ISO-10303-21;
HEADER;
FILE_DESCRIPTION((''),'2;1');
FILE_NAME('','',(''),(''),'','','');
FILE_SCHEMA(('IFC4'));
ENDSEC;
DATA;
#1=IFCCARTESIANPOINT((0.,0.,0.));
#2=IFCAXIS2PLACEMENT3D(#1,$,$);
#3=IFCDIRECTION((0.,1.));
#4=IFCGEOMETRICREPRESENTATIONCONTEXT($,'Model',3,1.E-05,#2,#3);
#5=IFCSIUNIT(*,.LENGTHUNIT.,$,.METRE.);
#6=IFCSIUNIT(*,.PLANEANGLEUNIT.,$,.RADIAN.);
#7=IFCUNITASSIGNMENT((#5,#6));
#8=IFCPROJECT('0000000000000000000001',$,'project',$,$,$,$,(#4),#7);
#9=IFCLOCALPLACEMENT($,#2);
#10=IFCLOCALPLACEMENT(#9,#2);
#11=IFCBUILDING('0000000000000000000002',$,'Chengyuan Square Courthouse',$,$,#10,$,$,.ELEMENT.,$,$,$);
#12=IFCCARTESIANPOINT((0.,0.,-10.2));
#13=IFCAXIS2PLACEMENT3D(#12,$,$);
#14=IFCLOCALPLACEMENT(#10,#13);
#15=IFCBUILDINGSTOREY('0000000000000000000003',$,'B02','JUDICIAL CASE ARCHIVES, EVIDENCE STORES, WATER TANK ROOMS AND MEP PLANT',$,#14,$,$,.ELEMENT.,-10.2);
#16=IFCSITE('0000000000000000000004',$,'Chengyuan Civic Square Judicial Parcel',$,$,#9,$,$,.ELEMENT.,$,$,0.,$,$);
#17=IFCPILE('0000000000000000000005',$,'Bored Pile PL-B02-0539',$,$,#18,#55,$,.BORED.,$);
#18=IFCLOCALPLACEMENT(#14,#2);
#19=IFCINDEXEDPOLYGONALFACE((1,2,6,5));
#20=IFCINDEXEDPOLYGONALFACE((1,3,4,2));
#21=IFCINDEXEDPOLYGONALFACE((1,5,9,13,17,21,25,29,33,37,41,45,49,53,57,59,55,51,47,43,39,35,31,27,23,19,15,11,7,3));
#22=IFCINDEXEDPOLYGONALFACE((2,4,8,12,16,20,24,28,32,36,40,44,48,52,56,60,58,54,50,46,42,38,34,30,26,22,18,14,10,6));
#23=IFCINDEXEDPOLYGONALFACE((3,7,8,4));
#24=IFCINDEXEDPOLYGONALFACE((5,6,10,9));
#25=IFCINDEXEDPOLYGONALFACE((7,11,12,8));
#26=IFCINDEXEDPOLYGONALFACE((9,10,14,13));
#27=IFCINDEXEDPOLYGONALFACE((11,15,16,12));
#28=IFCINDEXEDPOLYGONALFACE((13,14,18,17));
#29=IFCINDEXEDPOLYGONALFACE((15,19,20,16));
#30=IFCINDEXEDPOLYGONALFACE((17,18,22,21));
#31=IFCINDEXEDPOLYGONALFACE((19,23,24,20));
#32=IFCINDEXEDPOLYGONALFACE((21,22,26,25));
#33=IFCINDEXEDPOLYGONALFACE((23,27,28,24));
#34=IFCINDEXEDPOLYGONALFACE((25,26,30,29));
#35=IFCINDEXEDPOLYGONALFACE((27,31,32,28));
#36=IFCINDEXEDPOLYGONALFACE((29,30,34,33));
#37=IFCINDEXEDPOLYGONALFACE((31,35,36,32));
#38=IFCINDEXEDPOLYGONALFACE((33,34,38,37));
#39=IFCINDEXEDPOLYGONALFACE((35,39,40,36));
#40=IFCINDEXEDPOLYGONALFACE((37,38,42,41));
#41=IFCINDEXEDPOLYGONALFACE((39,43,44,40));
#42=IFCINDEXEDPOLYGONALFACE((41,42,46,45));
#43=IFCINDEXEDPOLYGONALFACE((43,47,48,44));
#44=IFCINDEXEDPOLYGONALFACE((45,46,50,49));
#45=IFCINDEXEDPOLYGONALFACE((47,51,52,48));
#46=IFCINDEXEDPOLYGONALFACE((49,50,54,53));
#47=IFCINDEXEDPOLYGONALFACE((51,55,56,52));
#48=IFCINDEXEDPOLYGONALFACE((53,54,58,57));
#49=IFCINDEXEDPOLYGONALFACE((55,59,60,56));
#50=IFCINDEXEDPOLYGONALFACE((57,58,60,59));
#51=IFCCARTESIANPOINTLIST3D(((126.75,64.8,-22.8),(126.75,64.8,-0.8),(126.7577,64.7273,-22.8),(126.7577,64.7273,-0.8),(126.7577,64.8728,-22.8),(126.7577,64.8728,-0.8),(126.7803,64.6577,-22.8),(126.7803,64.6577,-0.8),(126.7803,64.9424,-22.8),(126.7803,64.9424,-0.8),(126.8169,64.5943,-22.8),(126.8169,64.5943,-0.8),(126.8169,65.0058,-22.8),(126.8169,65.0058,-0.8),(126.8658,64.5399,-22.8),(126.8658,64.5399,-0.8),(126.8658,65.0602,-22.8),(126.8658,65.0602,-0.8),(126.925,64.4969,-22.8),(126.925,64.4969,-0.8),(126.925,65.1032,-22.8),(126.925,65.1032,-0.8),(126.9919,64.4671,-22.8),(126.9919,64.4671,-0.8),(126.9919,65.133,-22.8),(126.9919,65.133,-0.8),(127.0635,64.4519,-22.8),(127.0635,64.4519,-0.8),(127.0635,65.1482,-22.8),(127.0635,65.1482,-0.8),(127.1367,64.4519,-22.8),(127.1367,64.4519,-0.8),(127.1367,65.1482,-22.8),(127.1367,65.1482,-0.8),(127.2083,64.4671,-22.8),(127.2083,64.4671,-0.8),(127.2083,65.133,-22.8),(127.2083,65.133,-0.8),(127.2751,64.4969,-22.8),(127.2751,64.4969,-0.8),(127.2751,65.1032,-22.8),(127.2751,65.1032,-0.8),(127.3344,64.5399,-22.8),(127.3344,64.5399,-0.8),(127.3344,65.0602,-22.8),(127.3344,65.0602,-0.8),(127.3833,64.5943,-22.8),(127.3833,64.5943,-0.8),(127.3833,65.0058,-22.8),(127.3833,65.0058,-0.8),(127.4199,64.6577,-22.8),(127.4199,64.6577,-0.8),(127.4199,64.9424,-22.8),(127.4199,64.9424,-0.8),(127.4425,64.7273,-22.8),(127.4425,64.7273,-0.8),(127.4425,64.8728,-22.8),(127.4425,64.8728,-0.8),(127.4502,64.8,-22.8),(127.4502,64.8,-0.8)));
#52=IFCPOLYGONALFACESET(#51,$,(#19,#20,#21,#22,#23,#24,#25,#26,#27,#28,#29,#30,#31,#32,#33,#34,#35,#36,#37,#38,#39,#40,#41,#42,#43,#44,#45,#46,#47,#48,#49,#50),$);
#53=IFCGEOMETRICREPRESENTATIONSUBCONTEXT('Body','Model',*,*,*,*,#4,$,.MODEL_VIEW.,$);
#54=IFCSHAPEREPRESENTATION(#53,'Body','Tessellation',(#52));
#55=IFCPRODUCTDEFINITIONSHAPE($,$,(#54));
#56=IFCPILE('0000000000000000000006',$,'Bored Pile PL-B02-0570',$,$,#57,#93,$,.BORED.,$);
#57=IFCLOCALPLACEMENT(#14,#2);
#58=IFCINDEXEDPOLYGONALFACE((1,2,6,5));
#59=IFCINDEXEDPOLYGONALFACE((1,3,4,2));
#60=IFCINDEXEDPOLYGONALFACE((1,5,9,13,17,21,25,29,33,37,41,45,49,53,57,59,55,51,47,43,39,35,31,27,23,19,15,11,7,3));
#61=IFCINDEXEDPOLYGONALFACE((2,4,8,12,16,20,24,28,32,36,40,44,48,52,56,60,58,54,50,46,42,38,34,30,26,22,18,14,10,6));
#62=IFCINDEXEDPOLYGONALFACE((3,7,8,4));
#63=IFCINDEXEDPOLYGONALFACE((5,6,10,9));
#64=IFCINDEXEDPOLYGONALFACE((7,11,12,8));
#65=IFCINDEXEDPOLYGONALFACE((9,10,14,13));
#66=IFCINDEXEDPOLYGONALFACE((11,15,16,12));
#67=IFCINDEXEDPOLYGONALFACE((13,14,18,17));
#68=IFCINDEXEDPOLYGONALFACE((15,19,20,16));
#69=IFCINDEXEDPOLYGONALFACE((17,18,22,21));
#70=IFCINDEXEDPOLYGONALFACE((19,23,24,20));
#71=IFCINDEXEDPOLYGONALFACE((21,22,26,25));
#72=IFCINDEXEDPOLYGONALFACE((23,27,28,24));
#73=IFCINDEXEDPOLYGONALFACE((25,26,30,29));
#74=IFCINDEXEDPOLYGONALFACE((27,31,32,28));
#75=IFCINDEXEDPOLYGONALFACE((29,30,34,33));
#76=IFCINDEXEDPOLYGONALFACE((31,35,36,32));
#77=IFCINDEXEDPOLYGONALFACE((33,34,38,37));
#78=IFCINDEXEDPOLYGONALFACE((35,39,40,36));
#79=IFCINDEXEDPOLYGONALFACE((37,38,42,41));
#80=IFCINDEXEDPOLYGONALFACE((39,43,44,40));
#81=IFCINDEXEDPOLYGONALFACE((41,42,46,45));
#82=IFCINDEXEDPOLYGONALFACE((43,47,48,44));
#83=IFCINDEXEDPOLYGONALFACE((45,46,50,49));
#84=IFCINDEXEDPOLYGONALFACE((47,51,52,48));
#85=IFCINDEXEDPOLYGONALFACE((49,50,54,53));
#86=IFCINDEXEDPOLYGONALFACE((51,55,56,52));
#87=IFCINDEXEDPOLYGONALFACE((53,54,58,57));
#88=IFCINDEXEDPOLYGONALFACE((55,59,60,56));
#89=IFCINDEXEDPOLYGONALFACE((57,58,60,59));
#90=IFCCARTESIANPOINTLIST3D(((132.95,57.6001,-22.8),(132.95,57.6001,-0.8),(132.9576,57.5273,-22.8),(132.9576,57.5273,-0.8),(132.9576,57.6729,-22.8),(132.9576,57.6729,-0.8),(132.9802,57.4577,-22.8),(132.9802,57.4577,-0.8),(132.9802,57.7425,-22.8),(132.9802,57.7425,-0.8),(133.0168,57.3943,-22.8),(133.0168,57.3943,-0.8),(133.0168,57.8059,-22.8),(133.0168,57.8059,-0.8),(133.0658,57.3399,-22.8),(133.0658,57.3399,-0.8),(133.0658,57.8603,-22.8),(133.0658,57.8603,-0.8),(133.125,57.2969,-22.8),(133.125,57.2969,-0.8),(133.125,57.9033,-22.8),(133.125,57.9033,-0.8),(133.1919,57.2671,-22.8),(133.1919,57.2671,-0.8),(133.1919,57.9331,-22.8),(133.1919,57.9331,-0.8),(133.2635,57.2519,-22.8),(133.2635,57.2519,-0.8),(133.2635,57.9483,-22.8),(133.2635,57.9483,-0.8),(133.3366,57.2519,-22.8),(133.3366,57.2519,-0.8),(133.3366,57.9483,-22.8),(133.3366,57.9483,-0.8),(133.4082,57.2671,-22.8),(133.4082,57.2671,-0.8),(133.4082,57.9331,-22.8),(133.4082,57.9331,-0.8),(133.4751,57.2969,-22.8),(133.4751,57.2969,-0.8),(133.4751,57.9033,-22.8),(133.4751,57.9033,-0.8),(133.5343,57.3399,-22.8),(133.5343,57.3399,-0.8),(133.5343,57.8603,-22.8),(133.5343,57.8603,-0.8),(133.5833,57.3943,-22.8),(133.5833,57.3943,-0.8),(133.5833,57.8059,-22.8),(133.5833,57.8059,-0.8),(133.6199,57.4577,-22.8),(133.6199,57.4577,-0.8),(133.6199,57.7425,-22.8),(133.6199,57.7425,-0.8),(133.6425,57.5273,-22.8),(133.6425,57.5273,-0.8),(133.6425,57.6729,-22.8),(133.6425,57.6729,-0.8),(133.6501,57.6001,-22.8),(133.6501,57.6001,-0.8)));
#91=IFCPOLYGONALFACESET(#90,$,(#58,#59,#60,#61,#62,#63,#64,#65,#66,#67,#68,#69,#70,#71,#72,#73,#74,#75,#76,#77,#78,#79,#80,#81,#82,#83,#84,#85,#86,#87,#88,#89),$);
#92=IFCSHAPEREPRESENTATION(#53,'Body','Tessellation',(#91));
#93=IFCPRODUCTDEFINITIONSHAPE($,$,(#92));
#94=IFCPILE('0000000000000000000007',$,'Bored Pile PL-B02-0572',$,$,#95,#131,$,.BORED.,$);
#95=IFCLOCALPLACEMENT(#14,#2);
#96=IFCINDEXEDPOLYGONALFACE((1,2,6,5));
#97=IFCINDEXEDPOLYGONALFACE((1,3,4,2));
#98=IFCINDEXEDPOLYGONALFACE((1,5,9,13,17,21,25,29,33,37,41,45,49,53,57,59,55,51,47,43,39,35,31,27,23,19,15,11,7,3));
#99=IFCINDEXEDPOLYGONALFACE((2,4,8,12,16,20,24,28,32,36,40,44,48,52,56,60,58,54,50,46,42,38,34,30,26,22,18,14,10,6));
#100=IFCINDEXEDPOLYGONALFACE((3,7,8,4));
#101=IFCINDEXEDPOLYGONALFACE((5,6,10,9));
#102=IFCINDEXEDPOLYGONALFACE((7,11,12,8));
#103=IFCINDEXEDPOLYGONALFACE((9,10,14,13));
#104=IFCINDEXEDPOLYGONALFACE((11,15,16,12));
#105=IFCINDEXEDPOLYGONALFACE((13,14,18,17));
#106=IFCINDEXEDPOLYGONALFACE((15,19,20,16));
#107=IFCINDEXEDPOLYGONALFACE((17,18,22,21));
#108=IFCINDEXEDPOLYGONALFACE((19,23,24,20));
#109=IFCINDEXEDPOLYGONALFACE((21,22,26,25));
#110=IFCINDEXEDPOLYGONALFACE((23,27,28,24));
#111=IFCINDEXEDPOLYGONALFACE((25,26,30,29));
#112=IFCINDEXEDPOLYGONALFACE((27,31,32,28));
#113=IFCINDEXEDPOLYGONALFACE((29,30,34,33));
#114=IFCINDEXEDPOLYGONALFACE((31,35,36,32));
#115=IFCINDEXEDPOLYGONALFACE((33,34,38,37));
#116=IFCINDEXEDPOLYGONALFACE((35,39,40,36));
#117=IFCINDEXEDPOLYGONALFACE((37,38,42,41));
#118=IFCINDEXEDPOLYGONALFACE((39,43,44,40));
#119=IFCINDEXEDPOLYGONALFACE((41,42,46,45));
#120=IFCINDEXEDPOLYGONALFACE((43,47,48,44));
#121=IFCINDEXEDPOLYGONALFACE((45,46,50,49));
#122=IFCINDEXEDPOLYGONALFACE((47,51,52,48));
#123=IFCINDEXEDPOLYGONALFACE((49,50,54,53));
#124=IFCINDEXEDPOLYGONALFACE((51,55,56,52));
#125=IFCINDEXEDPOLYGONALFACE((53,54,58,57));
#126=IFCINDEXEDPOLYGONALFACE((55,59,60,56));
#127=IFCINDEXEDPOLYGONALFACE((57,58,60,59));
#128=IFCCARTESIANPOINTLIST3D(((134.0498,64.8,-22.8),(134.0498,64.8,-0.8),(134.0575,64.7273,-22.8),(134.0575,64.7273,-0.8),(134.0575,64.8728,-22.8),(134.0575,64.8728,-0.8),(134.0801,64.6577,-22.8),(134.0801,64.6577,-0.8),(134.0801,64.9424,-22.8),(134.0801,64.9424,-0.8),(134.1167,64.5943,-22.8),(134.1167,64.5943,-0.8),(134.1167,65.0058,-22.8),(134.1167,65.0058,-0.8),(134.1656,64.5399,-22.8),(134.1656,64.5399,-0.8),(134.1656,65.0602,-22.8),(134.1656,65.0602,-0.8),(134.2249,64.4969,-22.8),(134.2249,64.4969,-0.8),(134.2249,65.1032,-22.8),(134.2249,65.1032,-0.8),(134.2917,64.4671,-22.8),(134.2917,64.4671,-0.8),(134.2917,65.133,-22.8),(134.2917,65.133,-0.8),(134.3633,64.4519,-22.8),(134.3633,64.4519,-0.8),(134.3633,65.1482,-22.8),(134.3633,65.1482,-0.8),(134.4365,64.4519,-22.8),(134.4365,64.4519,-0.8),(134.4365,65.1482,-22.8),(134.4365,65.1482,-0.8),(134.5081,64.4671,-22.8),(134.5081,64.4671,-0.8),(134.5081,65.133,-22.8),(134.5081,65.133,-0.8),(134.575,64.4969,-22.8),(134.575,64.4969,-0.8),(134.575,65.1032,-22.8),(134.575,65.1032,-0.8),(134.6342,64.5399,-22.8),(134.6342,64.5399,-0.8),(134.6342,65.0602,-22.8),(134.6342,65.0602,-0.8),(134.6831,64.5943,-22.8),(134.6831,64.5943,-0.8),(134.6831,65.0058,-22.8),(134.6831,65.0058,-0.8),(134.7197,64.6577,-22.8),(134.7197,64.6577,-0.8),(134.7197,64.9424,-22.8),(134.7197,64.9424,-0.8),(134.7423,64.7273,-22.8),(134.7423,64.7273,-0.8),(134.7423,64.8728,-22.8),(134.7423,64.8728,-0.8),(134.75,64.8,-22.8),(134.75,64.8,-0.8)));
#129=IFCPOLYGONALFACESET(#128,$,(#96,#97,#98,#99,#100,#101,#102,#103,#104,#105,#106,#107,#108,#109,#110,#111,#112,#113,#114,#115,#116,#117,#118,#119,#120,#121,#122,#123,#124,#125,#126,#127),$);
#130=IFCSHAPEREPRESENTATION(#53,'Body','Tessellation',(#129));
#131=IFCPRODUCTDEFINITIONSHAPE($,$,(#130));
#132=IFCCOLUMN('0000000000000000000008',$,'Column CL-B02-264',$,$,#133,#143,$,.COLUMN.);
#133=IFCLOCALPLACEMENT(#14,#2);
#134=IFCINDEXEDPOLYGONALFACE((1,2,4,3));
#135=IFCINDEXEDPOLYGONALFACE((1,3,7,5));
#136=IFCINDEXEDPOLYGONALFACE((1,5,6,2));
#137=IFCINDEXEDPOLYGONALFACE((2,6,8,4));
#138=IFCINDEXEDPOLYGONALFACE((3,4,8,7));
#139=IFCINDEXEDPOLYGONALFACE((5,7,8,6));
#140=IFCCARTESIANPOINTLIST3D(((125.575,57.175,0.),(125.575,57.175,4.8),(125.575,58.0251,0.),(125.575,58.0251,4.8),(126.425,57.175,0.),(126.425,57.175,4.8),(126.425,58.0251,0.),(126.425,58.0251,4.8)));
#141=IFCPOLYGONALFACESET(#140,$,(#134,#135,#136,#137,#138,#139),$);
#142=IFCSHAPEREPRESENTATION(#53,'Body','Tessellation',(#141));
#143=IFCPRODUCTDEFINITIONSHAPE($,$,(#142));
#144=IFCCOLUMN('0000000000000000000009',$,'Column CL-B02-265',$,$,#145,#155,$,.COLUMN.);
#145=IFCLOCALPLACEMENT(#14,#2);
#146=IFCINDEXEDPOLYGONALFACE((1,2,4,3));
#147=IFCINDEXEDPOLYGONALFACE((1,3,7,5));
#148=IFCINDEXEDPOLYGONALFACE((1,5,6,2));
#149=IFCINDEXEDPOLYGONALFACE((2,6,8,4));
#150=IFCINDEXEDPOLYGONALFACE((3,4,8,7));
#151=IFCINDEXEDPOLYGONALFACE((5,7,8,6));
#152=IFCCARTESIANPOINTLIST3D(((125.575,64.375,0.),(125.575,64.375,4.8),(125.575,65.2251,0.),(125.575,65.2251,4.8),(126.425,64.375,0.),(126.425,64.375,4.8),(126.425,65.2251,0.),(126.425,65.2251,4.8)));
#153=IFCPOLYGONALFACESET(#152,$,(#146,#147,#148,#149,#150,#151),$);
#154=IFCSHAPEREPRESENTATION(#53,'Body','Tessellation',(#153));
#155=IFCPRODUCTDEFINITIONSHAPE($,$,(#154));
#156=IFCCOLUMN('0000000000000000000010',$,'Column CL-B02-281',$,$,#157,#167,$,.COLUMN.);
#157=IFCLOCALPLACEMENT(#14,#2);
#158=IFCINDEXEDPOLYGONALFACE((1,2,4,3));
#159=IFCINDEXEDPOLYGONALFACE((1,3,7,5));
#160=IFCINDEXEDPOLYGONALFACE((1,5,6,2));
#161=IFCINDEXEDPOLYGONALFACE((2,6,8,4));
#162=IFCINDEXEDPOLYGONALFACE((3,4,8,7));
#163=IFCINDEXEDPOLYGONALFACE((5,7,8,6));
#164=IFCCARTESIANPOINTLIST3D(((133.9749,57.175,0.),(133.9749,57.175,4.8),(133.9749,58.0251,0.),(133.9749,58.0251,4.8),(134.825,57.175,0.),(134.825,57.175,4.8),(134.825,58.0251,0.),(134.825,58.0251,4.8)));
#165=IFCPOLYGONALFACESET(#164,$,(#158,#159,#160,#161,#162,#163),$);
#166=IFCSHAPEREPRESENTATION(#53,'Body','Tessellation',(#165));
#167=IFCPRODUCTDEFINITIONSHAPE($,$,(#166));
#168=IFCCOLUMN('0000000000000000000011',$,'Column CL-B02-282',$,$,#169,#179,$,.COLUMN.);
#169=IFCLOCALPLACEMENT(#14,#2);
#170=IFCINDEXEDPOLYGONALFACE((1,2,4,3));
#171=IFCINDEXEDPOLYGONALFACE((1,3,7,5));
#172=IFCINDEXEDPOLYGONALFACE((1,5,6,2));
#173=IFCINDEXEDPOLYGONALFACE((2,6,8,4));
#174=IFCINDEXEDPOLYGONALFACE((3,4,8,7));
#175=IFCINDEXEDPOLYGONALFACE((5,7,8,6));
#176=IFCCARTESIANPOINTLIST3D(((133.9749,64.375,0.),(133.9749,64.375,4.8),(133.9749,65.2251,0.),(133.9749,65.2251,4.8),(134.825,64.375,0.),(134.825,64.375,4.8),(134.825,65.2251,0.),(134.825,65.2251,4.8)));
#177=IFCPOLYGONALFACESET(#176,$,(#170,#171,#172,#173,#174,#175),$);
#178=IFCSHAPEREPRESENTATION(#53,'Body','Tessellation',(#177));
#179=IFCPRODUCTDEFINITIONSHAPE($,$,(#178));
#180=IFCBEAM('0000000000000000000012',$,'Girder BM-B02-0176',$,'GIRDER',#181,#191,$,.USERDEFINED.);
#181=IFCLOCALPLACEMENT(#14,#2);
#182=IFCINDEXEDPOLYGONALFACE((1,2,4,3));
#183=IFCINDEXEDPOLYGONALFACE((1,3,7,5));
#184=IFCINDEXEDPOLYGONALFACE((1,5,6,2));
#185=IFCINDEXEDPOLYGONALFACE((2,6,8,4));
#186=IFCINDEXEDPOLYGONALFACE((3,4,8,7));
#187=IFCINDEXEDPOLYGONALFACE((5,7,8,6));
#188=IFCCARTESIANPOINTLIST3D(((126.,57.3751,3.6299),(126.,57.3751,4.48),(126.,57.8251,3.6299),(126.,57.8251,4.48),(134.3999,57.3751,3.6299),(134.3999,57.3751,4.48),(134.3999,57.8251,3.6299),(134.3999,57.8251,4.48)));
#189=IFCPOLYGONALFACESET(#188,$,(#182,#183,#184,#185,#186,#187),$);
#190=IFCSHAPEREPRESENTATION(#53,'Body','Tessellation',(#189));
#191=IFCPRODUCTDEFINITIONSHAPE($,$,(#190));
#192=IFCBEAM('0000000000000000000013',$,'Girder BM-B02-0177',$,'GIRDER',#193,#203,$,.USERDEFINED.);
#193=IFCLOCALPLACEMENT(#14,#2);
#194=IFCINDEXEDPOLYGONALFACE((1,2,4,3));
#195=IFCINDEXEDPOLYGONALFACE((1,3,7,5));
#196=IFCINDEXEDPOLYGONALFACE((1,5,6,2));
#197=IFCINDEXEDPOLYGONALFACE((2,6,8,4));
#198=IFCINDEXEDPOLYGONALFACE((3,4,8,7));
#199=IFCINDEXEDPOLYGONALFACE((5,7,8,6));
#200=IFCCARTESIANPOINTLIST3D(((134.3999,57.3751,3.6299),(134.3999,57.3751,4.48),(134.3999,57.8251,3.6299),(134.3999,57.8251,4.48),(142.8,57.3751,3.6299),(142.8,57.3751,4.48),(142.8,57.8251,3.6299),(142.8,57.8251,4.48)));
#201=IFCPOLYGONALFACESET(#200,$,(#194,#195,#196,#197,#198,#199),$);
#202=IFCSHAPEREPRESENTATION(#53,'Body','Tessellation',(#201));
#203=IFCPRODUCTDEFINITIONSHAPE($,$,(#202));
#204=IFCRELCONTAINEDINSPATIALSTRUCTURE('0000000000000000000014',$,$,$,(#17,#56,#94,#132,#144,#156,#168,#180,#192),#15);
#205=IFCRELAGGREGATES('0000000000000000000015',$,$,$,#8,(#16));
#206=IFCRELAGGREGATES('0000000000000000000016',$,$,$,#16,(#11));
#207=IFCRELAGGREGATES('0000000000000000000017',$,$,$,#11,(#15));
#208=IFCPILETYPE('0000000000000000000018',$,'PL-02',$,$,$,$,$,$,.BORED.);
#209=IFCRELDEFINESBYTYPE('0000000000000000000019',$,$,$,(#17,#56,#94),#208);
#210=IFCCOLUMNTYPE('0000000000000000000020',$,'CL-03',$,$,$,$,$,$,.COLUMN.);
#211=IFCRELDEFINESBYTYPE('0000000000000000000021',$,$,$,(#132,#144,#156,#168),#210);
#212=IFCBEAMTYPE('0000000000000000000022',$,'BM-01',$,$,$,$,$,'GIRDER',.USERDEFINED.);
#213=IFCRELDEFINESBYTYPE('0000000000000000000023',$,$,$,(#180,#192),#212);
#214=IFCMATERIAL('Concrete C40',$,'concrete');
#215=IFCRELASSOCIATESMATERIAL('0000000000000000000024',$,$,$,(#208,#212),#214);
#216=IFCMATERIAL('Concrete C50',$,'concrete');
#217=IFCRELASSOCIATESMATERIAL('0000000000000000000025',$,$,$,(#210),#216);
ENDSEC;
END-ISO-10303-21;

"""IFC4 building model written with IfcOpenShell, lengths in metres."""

from ifc_helpers import new_model, si_unit, direction, frame, origin, origin_2d, place, context, subcontext, project, spatial, rectangle, circle, extrude, material, material_profile, profile_set, type_object, element, save


model = new_model("IFC4")

# Units and contexts
model_context = context("Model", 3, precision=1e-05, world=origin(), true_north=direction((0.0, 1.0)))
body_context = subcontext(model_context, "Body", "Model", "MODEL_VIEW")
ifc_project = project(units=[si_unit("LENGTHUNIT", "METRE"), si_unit("PLANEANGLEUNIT", "RADIAN")], contexts=[model_context])

# Site, building, storey
site_placement = place(None, origin())
site = spatial("IfcSite", under=ifc_project, at=site_placement, Name="Chengyuan Civic Square Judicial Parcel", CompositionType="ELEMENT", RefElevation=0.0)
building_placement = place(site_placement, origin())
building = spatial("IfcBuilding", under=site, at=building_placement, Name="Chengyuan Square Courthouse", CompositionType="ELEMENT")
storey_placement = place(building_placement, frame((0.0, 0.0, -10.2)))
storey = spatial("IfcBuildingStorey", under=building, at=storey_placement, Name="B02", Description="JUDICIAL CASE ARCHIVES, EVIDENCE STORES, WATER TANK ROOMS AND MEP PLANT", CompositionType="ELEMENT", Elevation=-10.2)

# Shared definitions
ifc_material_1 = material(Name="Concrete C40", Category="concrete")

# Piles
ifc_material_profile_1 = material_profile(ifc_material_1, circle(Radius=0.3501, at=origin_2d()), Name="BORED PILE D700")
ifc_profile_set_1 = profile_set([ifc_material_profile_1], Name="Concrete C40")
pile_type_1 = type_object("IfcPileType", Name="PL-02", PredefinedType="BORED", material=ifc_profile_set_1)
for number, where, z_axis, x_axis, name in (
    (1, (127.1001, 64.8, -0.8), (0.0, 0.0, -1.0), (1.0, 0.0, 0.0), "Bored Pile PL-B02-0539"),
    (2, (133.3, 57.6001, -0.8), (0.0, 0.0, -1.0), (1.0, 0.0, 0.0), "Bored Pile PL-B02-0570"),
    (3, (134.3999, 64.8, -0.8), (0.0, 0.0, -1.0), (1.0, 0.0, 0.0), "Bored Pile PL-B02-0572"),
):
    element("IfcPile", number, at=place(storey_placement, frame(where, z_axis=z_axis, x_axis=x_axis)), inside=storey, type_object=pile_type_1, Name=name, PredefinedType="BORED", context=body_context, shape_type="SweptSolid", body=[
        extrude(circle(Radius=0.3501, at=origin_2d()), origin(), (0.0, 0.0, 1.0), 22.0),
    ])

# Columns
ifc_material_2 = material(Name="Concrete C50", Category="concrete")
ifc_material_profile_2 = material_profile(ifc_material_2, rectangle(XDim=0.8501, YDim=0.8501, at=origin_2d()), Name="RC-COL-850x850")
ifc_profile_set_2 = profile_set([ifc_material_profile_2], Name="Concrete C50")
column_type = type_object("IfcColumnType", Name="CL-03", PredefinedType="COLUMN", material=ifc_profile_set_2)
for number, where, z_axis, x_axis, name in (
    (4, (126.0, 57.6001, 0.0), (0.0, 0.0, 1.0), (1.0, 0.0, 0.0), "Column CL-B02-264"),
    (5, (126.0, 64.8, 0.0), (0.0, 0.0, 1.0), (1.0, 0.0, 0.0), "Column CL-B02-265"),
    (6, (134.3999, 57.6001, 0.0), (0.0, 0.0, 1.0), (1.0, 0.0, 0.0), "Column CL-B02-281"),
    (7, (134.3999, 64.8, 0.0), (0.0, 0.0, 1.0), (1.0, 0.0, 0.0), "Column CL-B02-282"),
):
    element("IfcColumn", number, at=place(storey_placement, frame(where, z_axis=z_axis, x_axis=x_axis)), inside=storey, type_object=column_type, Name=name, PredefinedType="COLUMN", context=body_context, shape_type="SweptSolid", body=[
        extrude(rectangle(XDim=0.8501, YDim=0.8501, at=origin_2d()), origin(), (0.0, 0.0, 1.0), 4.8),
    ])

# Beams
ifc_material_profile_3 = material_profile(ifc_material_1, rectangle(XDim=0.45, YDim=0.8501, at=origin_2d()), Name="RC-BM-450x850")
ifc_profile_set_3 = profile_set([ifc_material_profile_3], Name="Concrete C40")
beam_type_1 = type_object("IfcBeamType", Name="BM-01", ElementType="GIRDER", PredefinedType="USERDEFINED", material=ifc_profile_set_3)
beam_1_placement = place(storey_placement, frame((126.0, 57.6001, 4.0549), z_axis=(1.0, 0.0, 0.0), x_axis=(0.0, 1.0, 0.0)))
element("IfcBeam", 8, at=beam_1_placement, inside=storey, type_object=beam_type_1, Name="Girder BM-B02-0176", ObjectType="GIRDER", PredefinedType="USERDEFINED", context=body_context, shape_type="SweptSolid", body=[
    extrude(rectangle(XDim=0.45, YDim=0.8501, at=origin_2d()), origin(), (0.0, 0.0, 1.0), 8.3999),
])
beam_2_placement = place(storey_placement, frame((134.3999, 57.6001, 4.0549), z_axis=(1.0, 0.0, 0.0), x_axis=(0.0, 1.0, 0.0)))
element("IfcBeam", 9, at=beam_2_placement, inside=storey, type_object=beam_type_1, Name="Girder BM-B02-0177", ObjectType="GIRDER", PredefinedType="USERDEFINED", context=body_context, shape_type="SweptSolid", body=[
    extrude(rectangle(XDim=0.45, YDim=0.8501, at=origin_2d()), origin(), (0.0, 0.0, 1.0), 8.4001),
])

save(model, "model.ifc")
